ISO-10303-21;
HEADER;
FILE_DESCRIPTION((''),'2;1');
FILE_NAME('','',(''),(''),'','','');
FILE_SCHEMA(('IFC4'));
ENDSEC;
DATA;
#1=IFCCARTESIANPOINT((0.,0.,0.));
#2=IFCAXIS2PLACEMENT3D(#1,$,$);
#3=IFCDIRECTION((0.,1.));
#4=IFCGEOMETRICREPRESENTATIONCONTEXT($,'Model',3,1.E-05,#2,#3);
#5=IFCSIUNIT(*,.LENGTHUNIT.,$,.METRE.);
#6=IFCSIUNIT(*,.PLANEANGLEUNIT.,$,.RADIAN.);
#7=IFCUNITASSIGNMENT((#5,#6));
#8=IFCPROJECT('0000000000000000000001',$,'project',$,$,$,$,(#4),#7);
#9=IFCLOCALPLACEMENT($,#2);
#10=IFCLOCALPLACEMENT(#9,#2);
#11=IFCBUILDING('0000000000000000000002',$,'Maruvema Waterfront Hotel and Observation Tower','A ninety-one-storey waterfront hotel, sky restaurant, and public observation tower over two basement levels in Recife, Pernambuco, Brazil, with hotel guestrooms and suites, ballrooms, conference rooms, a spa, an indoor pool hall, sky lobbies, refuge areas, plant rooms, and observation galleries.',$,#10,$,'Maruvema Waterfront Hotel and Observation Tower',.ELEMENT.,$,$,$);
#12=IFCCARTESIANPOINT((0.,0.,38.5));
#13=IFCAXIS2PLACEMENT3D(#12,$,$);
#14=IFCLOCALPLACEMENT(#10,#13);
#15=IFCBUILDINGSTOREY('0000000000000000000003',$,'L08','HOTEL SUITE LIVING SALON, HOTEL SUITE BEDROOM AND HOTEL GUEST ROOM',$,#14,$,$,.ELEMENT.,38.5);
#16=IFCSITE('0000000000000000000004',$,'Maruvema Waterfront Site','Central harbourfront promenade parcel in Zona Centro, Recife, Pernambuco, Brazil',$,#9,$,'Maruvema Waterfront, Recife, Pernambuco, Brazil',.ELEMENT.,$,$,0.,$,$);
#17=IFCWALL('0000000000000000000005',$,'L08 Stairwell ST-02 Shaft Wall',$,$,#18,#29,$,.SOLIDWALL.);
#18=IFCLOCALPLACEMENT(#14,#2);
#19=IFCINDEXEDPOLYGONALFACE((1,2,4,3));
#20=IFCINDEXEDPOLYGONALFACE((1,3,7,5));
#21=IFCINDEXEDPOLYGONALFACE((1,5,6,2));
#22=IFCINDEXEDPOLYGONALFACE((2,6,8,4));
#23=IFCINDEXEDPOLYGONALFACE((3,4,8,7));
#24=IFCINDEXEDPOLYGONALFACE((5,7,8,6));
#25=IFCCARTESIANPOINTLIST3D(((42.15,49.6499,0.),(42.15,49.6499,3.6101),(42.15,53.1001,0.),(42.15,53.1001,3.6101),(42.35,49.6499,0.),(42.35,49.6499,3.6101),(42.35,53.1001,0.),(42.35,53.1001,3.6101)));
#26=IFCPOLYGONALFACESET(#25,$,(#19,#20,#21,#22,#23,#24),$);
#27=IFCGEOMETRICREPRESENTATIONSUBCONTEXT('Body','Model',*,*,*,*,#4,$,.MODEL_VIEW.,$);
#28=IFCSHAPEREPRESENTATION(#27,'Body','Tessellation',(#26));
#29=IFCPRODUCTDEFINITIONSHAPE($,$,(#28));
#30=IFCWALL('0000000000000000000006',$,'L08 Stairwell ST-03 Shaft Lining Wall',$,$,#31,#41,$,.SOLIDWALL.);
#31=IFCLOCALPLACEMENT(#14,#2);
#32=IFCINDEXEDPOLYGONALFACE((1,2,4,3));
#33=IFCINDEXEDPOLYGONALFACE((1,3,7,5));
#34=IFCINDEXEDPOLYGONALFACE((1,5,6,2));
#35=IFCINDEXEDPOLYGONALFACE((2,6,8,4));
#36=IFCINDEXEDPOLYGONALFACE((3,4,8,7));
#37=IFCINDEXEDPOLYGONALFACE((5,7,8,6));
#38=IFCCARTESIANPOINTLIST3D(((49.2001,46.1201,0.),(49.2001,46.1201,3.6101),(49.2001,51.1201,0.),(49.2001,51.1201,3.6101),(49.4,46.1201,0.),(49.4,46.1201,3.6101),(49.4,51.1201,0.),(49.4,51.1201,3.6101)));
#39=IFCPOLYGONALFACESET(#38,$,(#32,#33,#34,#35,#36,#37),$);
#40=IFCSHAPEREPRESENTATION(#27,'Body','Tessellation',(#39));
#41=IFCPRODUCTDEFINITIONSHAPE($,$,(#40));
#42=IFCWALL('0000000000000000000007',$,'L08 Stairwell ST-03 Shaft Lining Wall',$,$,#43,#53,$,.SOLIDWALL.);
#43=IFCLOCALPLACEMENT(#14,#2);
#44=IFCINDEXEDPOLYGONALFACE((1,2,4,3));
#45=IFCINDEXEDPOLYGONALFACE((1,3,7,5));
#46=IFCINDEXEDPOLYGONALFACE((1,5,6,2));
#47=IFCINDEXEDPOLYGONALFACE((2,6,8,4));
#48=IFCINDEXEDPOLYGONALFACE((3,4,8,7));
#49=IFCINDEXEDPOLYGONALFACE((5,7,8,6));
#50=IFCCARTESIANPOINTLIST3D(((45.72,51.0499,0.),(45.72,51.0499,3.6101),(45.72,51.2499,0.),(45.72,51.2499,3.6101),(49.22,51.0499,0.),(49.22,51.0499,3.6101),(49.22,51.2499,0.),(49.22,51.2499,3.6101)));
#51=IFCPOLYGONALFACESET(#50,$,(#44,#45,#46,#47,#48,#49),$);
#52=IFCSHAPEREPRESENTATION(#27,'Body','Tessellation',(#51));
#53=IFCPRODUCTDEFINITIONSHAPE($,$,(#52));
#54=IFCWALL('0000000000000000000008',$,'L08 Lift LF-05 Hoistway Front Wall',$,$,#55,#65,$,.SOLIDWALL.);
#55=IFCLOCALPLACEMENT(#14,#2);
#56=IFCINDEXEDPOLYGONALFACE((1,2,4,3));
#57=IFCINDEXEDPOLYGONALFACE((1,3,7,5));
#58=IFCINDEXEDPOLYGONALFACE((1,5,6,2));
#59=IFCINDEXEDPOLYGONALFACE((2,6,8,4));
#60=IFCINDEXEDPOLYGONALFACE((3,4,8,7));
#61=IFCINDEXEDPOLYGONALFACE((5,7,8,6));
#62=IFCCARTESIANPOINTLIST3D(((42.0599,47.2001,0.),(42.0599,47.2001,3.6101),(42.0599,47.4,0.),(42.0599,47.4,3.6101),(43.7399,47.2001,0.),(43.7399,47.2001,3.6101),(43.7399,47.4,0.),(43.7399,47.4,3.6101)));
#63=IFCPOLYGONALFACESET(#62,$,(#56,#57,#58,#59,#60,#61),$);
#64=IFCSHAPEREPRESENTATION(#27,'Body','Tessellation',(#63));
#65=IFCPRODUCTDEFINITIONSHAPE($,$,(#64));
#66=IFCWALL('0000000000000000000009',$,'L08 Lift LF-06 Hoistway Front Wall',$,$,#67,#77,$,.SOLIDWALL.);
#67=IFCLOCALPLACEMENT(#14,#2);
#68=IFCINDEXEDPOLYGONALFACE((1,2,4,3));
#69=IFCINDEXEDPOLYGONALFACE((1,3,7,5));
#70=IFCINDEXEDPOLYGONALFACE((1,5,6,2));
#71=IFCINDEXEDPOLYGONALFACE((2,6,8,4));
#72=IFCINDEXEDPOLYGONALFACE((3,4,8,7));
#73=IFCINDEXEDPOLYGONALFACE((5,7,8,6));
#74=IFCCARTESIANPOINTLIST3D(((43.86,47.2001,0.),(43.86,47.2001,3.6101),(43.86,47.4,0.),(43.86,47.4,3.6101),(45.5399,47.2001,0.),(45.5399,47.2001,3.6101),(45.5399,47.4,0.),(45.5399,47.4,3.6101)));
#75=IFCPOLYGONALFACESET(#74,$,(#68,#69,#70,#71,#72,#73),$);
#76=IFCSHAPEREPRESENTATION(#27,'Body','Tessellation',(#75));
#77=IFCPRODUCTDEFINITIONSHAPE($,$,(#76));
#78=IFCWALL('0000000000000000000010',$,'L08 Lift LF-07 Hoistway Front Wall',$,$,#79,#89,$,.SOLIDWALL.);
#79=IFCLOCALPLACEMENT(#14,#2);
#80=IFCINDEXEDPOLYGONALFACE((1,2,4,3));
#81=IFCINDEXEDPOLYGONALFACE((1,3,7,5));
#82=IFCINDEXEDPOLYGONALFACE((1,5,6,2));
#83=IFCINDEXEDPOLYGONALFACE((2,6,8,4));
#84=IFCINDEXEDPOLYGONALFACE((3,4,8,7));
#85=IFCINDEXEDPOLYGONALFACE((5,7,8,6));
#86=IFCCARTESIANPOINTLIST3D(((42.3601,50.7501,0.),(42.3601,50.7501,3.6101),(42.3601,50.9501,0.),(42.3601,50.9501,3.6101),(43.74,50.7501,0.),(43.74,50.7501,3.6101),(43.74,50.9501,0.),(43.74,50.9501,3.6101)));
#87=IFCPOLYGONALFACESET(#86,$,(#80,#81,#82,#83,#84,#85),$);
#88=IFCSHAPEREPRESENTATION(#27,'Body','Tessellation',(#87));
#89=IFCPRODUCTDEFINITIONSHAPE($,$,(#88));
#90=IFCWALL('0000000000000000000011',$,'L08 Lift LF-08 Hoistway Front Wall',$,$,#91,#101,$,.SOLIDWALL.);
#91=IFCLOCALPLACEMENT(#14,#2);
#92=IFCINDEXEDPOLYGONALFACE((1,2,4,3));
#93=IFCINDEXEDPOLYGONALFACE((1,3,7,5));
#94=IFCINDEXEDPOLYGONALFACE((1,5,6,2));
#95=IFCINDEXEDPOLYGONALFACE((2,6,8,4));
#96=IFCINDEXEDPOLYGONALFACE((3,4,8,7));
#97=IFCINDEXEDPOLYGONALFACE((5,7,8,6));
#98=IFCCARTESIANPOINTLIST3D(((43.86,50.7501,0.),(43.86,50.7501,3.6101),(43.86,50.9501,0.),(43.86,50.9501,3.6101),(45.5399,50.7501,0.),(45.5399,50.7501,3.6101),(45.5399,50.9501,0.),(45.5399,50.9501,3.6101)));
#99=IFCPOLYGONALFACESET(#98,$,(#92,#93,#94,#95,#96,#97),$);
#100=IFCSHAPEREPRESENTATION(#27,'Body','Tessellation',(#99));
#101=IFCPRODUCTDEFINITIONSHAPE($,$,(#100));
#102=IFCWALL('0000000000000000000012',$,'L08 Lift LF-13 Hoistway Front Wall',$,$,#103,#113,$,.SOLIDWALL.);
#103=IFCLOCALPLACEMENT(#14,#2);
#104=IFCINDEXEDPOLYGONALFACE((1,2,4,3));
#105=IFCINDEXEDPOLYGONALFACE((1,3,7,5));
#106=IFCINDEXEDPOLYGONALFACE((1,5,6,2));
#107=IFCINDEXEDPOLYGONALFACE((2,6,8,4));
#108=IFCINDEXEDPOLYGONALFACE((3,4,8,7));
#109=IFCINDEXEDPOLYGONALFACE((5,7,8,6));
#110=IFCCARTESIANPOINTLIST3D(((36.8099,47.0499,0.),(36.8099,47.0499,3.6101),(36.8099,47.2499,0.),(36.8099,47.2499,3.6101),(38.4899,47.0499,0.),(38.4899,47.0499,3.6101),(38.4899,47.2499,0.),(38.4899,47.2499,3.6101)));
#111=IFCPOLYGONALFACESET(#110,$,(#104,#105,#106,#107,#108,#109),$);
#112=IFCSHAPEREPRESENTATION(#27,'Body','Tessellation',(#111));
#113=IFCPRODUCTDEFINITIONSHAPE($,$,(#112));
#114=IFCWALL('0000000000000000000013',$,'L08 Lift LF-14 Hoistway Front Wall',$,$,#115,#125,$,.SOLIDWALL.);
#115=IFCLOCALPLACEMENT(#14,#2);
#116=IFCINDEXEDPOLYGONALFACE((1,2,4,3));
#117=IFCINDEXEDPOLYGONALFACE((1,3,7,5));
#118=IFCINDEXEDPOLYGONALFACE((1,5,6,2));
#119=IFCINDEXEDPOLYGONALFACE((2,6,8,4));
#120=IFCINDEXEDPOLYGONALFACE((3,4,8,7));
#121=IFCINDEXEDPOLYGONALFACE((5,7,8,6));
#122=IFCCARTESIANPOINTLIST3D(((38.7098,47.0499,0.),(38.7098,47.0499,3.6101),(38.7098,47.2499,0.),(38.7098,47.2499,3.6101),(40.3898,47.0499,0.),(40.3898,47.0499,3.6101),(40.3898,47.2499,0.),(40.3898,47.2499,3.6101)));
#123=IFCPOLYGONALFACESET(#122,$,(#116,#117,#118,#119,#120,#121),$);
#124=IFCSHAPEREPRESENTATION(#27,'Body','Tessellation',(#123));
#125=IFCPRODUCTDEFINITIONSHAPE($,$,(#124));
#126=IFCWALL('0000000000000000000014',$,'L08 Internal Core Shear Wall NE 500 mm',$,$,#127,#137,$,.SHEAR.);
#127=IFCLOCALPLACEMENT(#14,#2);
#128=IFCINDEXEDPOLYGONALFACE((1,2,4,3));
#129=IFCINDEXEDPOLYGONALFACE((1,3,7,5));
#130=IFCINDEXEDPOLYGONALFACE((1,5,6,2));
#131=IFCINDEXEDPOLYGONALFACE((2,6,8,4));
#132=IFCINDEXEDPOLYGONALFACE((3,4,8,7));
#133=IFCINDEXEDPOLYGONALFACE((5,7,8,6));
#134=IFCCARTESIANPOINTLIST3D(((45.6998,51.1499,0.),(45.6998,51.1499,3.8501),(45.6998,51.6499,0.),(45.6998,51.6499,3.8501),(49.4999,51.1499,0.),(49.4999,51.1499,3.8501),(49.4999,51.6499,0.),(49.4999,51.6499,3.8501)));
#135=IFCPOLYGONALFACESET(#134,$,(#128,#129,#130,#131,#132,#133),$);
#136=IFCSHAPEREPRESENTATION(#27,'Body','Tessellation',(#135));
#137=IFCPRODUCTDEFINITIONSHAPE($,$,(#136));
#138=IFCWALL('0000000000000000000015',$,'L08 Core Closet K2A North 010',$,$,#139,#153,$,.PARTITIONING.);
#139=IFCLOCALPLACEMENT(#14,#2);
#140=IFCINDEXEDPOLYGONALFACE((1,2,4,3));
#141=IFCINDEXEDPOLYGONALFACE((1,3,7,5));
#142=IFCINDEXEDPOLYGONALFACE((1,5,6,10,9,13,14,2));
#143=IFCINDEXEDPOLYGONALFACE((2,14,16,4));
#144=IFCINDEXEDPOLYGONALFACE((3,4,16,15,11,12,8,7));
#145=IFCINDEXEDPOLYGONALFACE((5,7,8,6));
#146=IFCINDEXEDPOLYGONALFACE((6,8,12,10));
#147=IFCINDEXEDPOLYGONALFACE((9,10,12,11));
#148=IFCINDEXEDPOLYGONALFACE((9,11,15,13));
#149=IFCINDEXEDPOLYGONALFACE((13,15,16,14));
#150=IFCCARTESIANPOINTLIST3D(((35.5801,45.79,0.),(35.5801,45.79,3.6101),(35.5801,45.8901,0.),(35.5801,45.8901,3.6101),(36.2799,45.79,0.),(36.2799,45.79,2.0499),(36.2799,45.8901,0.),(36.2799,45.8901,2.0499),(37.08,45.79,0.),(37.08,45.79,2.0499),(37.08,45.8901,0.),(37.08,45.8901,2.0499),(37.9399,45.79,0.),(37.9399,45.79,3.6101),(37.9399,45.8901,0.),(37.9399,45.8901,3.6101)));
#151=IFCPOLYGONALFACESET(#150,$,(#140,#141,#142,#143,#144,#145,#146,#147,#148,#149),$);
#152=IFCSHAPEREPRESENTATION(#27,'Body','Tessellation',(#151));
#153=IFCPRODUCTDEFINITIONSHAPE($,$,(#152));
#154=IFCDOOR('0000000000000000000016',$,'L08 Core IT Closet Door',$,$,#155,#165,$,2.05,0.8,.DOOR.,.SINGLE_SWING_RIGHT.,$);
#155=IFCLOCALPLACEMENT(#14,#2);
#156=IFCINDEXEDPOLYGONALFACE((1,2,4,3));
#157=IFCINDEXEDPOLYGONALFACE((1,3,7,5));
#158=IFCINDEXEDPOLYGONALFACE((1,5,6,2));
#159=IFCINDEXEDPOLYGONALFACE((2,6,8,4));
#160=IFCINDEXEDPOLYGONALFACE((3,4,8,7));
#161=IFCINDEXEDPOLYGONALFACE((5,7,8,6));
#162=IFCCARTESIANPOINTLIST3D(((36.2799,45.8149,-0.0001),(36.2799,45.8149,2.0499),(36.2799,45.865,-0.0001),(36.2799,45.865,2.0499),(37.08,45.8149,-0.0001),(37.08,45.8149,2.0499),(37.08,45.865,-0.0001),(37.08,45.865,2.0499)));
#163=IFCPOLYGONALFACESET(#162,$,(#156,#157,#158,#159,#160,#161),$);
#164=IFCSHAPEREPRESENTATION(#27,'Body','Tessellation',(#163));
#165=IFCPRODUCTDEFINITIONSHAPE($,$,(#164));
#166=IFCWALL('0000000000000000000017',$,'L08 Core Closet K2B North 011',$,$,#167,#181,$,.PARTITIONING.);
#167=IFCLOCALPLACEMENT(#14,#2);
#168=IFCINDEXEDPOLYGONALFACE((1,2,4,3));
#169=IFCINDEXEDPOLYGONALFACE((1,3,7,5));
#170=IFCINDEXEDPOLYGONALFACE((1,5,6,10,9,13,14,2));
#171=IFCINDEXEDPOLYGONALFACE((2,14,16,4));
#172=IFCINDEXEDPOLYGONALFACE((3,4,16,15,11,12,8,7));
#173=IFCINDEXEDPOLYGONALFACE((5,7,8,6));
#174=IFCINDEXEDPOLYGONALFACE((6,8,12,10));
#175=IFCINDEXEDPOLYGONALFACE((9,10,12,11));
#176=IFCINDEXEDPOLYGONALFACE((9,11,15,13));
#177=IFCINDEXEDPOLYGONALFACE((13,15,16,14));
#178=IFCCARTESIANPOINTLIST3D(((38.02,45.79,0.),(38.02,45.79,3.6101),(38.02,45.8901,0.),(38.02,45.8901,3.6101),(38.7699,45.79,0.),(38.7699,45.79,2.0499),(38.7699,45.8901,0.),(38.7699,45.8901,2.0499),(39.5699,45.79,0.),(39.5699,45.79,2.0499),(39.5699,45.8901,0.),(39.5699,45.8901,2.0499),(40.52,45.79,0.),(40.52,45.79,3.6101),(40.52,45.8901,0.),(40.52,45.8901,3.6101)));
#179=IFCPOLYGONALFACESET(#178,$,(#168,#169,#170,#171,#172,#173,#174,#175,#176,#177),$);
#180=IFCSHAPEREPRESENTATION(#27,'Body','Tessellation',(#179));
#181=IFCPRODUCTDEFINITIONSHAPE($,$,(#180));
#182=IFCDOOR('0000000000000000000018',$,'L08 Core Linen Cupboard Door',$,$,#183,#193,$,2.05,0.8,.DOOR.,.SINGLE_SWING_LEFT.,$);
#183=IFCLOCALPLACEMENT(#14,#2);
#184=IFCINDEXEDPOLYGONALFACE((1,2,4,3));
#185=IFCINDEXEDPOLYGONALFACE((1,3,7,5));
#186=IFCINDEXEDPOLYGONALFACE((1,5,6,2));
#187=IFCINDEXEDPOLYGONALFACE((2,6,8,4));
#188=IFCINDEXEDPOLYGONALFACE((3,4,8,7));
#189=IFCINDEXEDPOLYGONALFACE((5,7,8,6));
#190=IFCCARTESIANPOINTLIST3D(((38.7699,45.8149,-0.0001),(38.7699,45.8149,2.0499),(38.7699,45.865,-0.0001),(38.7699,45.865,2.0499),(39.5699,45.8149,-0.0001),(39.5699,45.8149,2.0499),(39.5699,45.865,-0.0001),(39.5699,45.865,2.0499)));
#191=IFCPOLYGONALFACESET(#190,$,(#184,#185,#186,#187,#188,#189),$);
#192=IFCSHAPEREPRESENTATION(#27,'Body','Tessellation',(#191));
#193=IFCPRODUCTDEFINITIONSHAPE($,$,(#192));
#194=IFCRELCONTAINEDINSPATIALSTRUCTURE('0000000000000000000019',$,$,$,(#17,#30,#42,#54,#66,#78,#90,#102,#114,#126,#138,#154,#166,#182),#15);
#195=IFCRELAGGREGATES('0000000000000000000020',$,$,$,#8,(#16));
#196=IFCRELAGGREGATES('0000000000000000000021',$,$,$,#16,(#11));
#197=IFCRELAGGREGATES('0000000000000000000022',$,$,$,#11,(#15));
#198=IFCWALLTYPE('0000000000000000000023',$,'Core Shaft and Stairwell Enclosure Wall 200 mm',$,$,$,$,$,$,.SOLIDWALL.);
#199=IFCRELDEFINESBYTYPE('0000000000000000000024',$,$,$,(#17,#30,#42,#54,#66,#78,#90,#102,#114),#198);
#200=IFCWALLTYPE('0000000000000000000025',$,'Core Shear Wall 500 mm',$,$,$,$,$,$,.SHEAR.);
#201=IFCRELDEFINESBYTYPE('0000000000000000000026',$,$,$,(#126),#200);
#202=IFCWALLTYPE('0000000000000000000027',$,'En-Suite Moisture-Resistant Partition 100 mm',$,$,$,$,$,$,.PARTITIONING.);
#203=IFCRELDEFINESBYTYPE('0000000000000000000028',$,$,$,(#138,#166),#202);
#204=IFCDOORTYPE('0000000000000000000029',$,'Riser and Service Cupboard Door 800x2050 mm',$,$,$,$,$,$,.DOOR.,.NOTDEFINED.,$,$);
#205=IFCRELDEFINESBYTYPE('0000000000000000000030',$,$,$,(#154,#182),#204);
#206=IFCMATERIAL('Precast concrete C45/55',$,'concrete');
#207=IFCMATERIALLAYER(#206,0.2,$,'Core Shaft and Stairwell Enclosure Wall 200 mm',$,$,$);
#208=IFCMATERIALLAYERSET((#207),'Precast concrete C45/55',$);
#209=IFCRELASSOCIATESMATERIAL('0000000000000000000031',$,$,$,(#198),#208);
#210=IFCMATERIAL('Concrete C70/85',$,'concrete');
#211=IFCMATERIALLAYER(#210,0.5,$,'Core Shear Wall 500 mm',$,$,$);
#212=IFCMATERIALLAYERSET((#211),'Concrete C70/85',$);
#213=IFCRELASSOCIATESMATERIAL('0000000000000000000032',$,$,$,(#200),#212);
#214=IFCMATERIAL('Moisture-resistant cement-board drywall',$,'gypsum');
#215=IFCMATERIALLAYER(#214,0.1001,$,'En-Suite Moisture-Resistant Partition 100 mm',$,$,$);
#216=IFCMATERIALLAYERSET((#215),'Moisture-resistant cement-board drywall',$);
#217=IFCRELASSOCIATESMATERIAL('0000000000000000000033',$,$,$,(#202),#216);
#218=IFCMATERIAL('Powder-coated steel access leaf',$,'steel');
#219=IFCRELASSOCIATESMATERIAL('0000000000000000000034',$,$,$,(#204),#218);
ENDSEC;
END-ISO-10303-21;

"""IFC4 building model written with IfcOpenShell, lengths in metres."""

from ifc_helpers import new_model, si_unit, direction, frame, frame_2d, origin, place, context, subcontext, project, spatial, rectangle, extrude, material, layer, layer_set, type_object, element, fill, save


model = new_model("IFC4")

# Units and contexts
model_context = context("Model", 3, precision=1e-05, world=origin(), true_north=direction((0.0, 1.0)))
body_context = subcontext(model_context, "Body", "Model", "MODEL_VIEW")
ifc_project = project(units=[si_unit("LENGTHUNIT", "METRE"), si_unit("PLANEANGLEUNIT", "RADIAN")], contexts=[model_context])

# Site, building, storey
site_placement = place(None, origin())
site = spatial("IfcSite", under=ifc_project, at=site_placement, Name="Maruvema Waterfront Site", Description="Central harbourfront promenade parcel in Zona Centro, Recife, Pernambuco, Brazil", LongName="Maruvema Waterfront, Recife, Pernambuco, Brazil", CompositionType="ELEMENT", RefElevation=0.0)
building_placement = place(site_placement, origin())
building = spatial("IfcBuilding", under=site, at=building_placement, Name="Maruvema Waterfront Hotel and Observation Tower", Description="A ninety-one-storey waterfront hotel, sky restaurant, and public observation tower over two basement levels in Recife, Pernambuco, Brazil, with hotel guestrooms and suites, ballrooms, conference rooms, a spa, an indoor pool hall, sky lobbies, refuge areas, plant rooms, and observation galleries.", LongName="Maruvema Waterfront Hotel and Observation Tower", CompositionType="ELEMENT")
storey_placement = place(building_placement, frame((0.0, 0.0, 38.5)))
storey = spatial("IfcBuildingStorey", under=building, at=storey_placement, Name="L08", Description="HOTEL SUITE LIVING SALON, HOTEL SUITE BEDROOM AND HOTEL GUEST ROOM", CompositionType="ELEMENT", Elevation=38.5)

# Walls
ifc_material_1 = material(Name="Precast concrete C45/55", Category="concrete")
ifc_layer_1 = layer(ifc_material_1, 0.2, Name="Core Shaft and Stairwell Enclosure Wall 200 mm")
ifc_layer_set_1 = layer_set([ifc_layer_1], Name="Precast concrete C45/55")
wall_type_1 = type_object("IfcWallType", Name="Core Shaft and Stairwell Enclosure Wall 200 mm", PredefinedType="SOLIDWALL", material=ifc_layer_set_1)
wall_1_placement = place(storey_placement, frame((42.25, 49.6499, 0.0), z_axis=(0.0, 0.0, 1.0), x_axis=(0.0, 1.0, 0.0)))
element("IfcWall", 1, at=wall_1_placement, inside=storey, type_object=wall_type_1, Name="L08 Stairwell ST-02 Shaft Wall", PredefinedType="SOLIDWALL", context=body_context, shape_type="SweptSolid", body=[
    extrude(rectangle(XDim=3.4502, YDim=0.2, at=frame_2d((1.7251, 0.0))), origin(), (0.0, 0.0, 1.0), 3.6101),
])
wall_2_placement = place(storey_placement, frame((49.3, 46.1201, 0.0), z_axis=(0.0, 0.0, 1.0), x_axis=(0.0, 1.0, 0.0)))
element("IfcWall", 2, at=wall_2_placement, inside=storey, type_object=wall_type_1, Name="L08 Stairwell ST-03 Shaft Lining Wall", PredefinedType="SOLIDWALL", context=body_context, shape_type="SweptSolid", body=[
    extrude(rectangle(XDim=5.0, YDim=0.2, at=frame_2d((2.5, 0.0))), origin(), (0.0, 0.0, 1.0), 3.6101),
])
wall_3_placement = place(storey_placement, frame((45.72, 51.1499, 0.0), z_axis=(0.0, 0.0, 1.0), x_axis=(1.0, 0.0, 0.0)))
element("IfcWall", 3, at=wall_3_placement, inside=storey, type_object=wall_type_1, Name="L08 Stairwell ST-03 Shaft Lining Wall", PredefinedType="SOLIDWALL", context=body_context, shape_type="SweptSolid", body=[
    extrude(rectangle(XDim=3.5, YDim=0.2, at=frame_2d((1.75, 0.0))), origin(), (0.0, 0.0, 1.0), 3.6101),
])
for number, where, z_axis, x_axis, name in (
    (4, (42.0601, 47.3, 0.0), (0.0, 0.0, 1.0), (1.0, 0.0, 0.0), "L08 Lift LF-05 Hoistway Front Wall"),
    (5, (43.8601, 47.3, 0.0), (0.0, 0.0, 1.0), (1.0, 0.0, 0.0), "L08 Lift LF-06 Hoistway Front Wall"),
):
    element("IfcWall", number, at=place(storey_placement, frame(where, z_axis=z_axis, x_axis=x_axis)), inside=storey, type_object=wall_type_1, Name=name, PredefinedType="SOLIDWALL", context=body_context, shape_type="SweptSolid", body=[
        extrude(rectangle(XDim=1.6799, YDim=0.2, at=frame_2d((0.8398, 0.0))), origin(), (0.0, 0.0, 1.0), 3.6101),
    ])
wall_4_placement = place(storey_placement, frame((42.3601, 50.8501, 0.0), z_axis=(0.0, 0.0, 1.0), x_axis=(1.0, 0.0, 0.0)))
element("IfcWall", 6, at=wall_4_placement, inside=storey, type_object=wall_type_1, Name="L08 Lift LF-07 Hoistway Front Wall", PredefinedType="SOLIDWALL", context=body_context, shape_type="SweptSolid", body=[
    extrude(rectangle(XDim=1.3799, YDim=0.2, at=frame_2d((0.6899, 0.0))), origin(), (0.0, 0.0, 1.0), 3.6101),
])
for number, where, z_axis, x_axis, name in (
    (7, (43.8601, 50.8501, 0.0), (0.0, 0.0, 1.0), (1.0, 0.0, 0.0), "L08 Lift LF-08 Hoistway Front Wall"),
    (8, (36.8101, 47.1499, 0.0), (0.0, 0.0, 1.0), (1.0, 0.0, 0.0), "L08 Lift LF-13 Hoistway Front Wall"),
    (9, (38.71, 47.1499, 0.0), (0.0, 0.0, 1.0), (1.0, 0.0, 0.0), "L08 Lift LF-14 Hoistway Front Wall"),
):
    element("IfcWall", number, at=place(storey_placement, frame(where, z_axis=z_axis, x_axis=x_axis)), inside=storey, type_object=wall_type_1, Name=name, PredefinedType="SOLIDWALL", context=body_context, shape_type="SweptSolid", body=[
        extrude(rectangle(XDim=1.6799, YDim=0.2, at=frame_2d((0.8398, 0.0))), origin(), (0.0, 0.0, 1.0), 3.6101),
    ])
ifc_material_2 = material(Name="Concrete C70/85", Category="concrete")
ifc_layer_2 = layer(ifc_material_2, 0.5, Name="Core Shear Wall 500 mm")
ifc_layer_set_2 = layer_set([ifc_layer_2], Name="Concrete C70/85")
wall_type_2 = type_object("IfcWallType", Name="Core Shear Wall 500 mm", PredefinedType="SHEAR", material=ifc_layer_set_2)
wall_5_placement = place(storey_placement, frame((45.7, 51.3999, 0.0), z_axis=(0.0, 0.0, 1.0), x_axis=(1.0, 0.0, 0.0)))
element("IfcWall", 10, at=wall_5_placement, inside=storey, type_object=wall_type_2, Name="L08 Internal Core Shear Wall NE 500 mm", PredefinedType="SHEAR", context=body_context, shape_type="SweptSolid", body=[
    extrude(rectangle(XDim=3.8, YDim=0.5, at=frame_2d((1.8999, 0.0))), origin(), (0.0, 0.0, 1.0), 3.8501),
])

# Walls, openings, doors
ifc_material_3 = material(Name="Moisture-resistant cement-board drywall", Category="gypsum")
ifc_layer_3 = layer(ifc_material_3, 0.1001, Name="En-Suite Moisture-Resistant Partition 100 mm")
ifc_layer_set_3 = layer_set([ifc_layer_3], Name="Moisture-resistant cement-board drywall")
wall_type_3 = type_object("IfcWallType", Name="En-Suite Moisture-Resistant Partition 100 mm", PredefinedType="PARTITIONING", material=ifc_layer_set_3)
wall_6_placement = place(storey_placement, frame((35.5801, 45.8401, 0.0), z_axis=(0.0, 0.0, 1.0), x_axis=(1.0, 0.0, 0.0)))
wall_6 = element("IfcWall", 11, at=wall_6_placement, inside=storey, type_object=wall_type_3, Name="L08 Core Closet K2A North 010", PredefinedType="PARTITIONING", context=body_context, shape_type="SweptSolid", body=[
    extrude(rectangle(XDim=2.3599, YDim=0.1001, at=frame_2d((1.1799, 0.0))), origin(), (0.0, 0.0, 1.0), 3.6101),
])
opening_1_placement = place(wall_6_placement, frame((0.7, 0.0, 0.0)))
opening_1 = element("IfcOpeningElement", 12, at=opening_1_placement, cuts=wall_6, PredefinedType="OPENING", context=body_context, shape_type="SweptSolid", body=[
    extrude(rectangle(XDim=0.8, YDim=2.05, at=frame_2d((0.3999, 1.0249))), frame((0.0, 0.0601, 0.0), z_axis=(0.0, -1.0, 0.0), x_axis=(1.0, 0.0, 0.0)), (0.0, 0.0, 1.0), 0.1201),
])
ifc_material_4 = material(Name="Powder-coated steel access leaf", Category="steel")
door_type = type_object("IfcDoorType", Name="Riser and Service Cupboard Door 800x2050 mm", OperationType="NOTDEFINED", PredefinedType="DOOR", material=ifc_material_4)
door_1_placement = place(opening_1_placement, origin())
door_1 = element("IfcDoor", 13, at=door_1_placement, inside=storey, type_object=door_type, Name="L08 Core IT Closet Door", OperationType="SINGLE_SWING_RIGHT", OverallHeight=2.05, OverallWidth=0.8, PredefinedType="DOOR", context=body_context, shape_type="SweptSolid", body=[
    extrude(rectangle(XDim=0.8, YDim=2.05, at=frame_2d((0.3999, 1.0249))), frame((0.0, 0.0249, 0.0), z_axis=(0.0, -1.0, 0.0), x_axis=(1.0, 0.0, 0.0)), (0.0, 0.0, 1.0), 0.05),
])
fill(opening_1, door_1)
wall_7_placement = place(storey_placement, frame((38.02, 45.8401, 0.0), z_axis=(0.0, 0.0, 1.0), x_axis=(1.0, 0.0, 0.0)))
wall_7 = element("IfcWall", 14, at=wall_7_placement, inside=storey, type_object=wall_type_3, Name="L08 Core Closet K2B North 011", PredefinedType="PARTITIONING", context=body_context, shape_type="SweptSolid", body=[
    extrude(rectangle(XDim=2.5, YDim=0.1001, at=frame_2d((1.25, 0.0))), origin(), (0.0, 0.0, 1.0), 3.6101),
])
opening_2_placement = place(wall_7_placement, frame((0.75, 0.0, 0.0)))
opening_2 = element("IfcOpeningElement", 15, at=opening_2_placement, cuts=wall_7, PredefinedType="OPENING", context=body_context, shape_type="SweptSolid", body=[
    extrude(rectangle(XDim=0.8, YDim=2.05, at=frame_2d((0.3999, 1.0249))), frame((0.0, 0.0601, 0.0), z_axis=(0.0, -1.0, 0.0), x_axis=(1.0, 0.0, 0.0)), (0.0, 0.0, 1.0), 0.1201),
])
door_2_placement = place(opening_2_placement, origin())
door_2 = element("IfcDoor", 16, at=door_2_placement, inside=storey, type_object=door_type, Name="L08 Core Linen Cupboard Door", OperationType="SINGLE_SWING_LEFT", OverallHeight=2.05, OverallWidth=0.8, PredefinedType="DOOR", context=body_context, shape_type="SweptSolid", body=[
    extrude(rectangle(XDim=0.8, YDim=2.05, at=frame_2d((0.3999, 1.0249))), frame((0.0, 0.0249, 0.0), z_axis=(0.0, -1.0, 0.0), x_axis=(1.0, 0.0, 0.0)), (0.0, 0.0, 1.0), 0.05),
])
fill(opening_2, door_2)

save(model, "model.ifc")
